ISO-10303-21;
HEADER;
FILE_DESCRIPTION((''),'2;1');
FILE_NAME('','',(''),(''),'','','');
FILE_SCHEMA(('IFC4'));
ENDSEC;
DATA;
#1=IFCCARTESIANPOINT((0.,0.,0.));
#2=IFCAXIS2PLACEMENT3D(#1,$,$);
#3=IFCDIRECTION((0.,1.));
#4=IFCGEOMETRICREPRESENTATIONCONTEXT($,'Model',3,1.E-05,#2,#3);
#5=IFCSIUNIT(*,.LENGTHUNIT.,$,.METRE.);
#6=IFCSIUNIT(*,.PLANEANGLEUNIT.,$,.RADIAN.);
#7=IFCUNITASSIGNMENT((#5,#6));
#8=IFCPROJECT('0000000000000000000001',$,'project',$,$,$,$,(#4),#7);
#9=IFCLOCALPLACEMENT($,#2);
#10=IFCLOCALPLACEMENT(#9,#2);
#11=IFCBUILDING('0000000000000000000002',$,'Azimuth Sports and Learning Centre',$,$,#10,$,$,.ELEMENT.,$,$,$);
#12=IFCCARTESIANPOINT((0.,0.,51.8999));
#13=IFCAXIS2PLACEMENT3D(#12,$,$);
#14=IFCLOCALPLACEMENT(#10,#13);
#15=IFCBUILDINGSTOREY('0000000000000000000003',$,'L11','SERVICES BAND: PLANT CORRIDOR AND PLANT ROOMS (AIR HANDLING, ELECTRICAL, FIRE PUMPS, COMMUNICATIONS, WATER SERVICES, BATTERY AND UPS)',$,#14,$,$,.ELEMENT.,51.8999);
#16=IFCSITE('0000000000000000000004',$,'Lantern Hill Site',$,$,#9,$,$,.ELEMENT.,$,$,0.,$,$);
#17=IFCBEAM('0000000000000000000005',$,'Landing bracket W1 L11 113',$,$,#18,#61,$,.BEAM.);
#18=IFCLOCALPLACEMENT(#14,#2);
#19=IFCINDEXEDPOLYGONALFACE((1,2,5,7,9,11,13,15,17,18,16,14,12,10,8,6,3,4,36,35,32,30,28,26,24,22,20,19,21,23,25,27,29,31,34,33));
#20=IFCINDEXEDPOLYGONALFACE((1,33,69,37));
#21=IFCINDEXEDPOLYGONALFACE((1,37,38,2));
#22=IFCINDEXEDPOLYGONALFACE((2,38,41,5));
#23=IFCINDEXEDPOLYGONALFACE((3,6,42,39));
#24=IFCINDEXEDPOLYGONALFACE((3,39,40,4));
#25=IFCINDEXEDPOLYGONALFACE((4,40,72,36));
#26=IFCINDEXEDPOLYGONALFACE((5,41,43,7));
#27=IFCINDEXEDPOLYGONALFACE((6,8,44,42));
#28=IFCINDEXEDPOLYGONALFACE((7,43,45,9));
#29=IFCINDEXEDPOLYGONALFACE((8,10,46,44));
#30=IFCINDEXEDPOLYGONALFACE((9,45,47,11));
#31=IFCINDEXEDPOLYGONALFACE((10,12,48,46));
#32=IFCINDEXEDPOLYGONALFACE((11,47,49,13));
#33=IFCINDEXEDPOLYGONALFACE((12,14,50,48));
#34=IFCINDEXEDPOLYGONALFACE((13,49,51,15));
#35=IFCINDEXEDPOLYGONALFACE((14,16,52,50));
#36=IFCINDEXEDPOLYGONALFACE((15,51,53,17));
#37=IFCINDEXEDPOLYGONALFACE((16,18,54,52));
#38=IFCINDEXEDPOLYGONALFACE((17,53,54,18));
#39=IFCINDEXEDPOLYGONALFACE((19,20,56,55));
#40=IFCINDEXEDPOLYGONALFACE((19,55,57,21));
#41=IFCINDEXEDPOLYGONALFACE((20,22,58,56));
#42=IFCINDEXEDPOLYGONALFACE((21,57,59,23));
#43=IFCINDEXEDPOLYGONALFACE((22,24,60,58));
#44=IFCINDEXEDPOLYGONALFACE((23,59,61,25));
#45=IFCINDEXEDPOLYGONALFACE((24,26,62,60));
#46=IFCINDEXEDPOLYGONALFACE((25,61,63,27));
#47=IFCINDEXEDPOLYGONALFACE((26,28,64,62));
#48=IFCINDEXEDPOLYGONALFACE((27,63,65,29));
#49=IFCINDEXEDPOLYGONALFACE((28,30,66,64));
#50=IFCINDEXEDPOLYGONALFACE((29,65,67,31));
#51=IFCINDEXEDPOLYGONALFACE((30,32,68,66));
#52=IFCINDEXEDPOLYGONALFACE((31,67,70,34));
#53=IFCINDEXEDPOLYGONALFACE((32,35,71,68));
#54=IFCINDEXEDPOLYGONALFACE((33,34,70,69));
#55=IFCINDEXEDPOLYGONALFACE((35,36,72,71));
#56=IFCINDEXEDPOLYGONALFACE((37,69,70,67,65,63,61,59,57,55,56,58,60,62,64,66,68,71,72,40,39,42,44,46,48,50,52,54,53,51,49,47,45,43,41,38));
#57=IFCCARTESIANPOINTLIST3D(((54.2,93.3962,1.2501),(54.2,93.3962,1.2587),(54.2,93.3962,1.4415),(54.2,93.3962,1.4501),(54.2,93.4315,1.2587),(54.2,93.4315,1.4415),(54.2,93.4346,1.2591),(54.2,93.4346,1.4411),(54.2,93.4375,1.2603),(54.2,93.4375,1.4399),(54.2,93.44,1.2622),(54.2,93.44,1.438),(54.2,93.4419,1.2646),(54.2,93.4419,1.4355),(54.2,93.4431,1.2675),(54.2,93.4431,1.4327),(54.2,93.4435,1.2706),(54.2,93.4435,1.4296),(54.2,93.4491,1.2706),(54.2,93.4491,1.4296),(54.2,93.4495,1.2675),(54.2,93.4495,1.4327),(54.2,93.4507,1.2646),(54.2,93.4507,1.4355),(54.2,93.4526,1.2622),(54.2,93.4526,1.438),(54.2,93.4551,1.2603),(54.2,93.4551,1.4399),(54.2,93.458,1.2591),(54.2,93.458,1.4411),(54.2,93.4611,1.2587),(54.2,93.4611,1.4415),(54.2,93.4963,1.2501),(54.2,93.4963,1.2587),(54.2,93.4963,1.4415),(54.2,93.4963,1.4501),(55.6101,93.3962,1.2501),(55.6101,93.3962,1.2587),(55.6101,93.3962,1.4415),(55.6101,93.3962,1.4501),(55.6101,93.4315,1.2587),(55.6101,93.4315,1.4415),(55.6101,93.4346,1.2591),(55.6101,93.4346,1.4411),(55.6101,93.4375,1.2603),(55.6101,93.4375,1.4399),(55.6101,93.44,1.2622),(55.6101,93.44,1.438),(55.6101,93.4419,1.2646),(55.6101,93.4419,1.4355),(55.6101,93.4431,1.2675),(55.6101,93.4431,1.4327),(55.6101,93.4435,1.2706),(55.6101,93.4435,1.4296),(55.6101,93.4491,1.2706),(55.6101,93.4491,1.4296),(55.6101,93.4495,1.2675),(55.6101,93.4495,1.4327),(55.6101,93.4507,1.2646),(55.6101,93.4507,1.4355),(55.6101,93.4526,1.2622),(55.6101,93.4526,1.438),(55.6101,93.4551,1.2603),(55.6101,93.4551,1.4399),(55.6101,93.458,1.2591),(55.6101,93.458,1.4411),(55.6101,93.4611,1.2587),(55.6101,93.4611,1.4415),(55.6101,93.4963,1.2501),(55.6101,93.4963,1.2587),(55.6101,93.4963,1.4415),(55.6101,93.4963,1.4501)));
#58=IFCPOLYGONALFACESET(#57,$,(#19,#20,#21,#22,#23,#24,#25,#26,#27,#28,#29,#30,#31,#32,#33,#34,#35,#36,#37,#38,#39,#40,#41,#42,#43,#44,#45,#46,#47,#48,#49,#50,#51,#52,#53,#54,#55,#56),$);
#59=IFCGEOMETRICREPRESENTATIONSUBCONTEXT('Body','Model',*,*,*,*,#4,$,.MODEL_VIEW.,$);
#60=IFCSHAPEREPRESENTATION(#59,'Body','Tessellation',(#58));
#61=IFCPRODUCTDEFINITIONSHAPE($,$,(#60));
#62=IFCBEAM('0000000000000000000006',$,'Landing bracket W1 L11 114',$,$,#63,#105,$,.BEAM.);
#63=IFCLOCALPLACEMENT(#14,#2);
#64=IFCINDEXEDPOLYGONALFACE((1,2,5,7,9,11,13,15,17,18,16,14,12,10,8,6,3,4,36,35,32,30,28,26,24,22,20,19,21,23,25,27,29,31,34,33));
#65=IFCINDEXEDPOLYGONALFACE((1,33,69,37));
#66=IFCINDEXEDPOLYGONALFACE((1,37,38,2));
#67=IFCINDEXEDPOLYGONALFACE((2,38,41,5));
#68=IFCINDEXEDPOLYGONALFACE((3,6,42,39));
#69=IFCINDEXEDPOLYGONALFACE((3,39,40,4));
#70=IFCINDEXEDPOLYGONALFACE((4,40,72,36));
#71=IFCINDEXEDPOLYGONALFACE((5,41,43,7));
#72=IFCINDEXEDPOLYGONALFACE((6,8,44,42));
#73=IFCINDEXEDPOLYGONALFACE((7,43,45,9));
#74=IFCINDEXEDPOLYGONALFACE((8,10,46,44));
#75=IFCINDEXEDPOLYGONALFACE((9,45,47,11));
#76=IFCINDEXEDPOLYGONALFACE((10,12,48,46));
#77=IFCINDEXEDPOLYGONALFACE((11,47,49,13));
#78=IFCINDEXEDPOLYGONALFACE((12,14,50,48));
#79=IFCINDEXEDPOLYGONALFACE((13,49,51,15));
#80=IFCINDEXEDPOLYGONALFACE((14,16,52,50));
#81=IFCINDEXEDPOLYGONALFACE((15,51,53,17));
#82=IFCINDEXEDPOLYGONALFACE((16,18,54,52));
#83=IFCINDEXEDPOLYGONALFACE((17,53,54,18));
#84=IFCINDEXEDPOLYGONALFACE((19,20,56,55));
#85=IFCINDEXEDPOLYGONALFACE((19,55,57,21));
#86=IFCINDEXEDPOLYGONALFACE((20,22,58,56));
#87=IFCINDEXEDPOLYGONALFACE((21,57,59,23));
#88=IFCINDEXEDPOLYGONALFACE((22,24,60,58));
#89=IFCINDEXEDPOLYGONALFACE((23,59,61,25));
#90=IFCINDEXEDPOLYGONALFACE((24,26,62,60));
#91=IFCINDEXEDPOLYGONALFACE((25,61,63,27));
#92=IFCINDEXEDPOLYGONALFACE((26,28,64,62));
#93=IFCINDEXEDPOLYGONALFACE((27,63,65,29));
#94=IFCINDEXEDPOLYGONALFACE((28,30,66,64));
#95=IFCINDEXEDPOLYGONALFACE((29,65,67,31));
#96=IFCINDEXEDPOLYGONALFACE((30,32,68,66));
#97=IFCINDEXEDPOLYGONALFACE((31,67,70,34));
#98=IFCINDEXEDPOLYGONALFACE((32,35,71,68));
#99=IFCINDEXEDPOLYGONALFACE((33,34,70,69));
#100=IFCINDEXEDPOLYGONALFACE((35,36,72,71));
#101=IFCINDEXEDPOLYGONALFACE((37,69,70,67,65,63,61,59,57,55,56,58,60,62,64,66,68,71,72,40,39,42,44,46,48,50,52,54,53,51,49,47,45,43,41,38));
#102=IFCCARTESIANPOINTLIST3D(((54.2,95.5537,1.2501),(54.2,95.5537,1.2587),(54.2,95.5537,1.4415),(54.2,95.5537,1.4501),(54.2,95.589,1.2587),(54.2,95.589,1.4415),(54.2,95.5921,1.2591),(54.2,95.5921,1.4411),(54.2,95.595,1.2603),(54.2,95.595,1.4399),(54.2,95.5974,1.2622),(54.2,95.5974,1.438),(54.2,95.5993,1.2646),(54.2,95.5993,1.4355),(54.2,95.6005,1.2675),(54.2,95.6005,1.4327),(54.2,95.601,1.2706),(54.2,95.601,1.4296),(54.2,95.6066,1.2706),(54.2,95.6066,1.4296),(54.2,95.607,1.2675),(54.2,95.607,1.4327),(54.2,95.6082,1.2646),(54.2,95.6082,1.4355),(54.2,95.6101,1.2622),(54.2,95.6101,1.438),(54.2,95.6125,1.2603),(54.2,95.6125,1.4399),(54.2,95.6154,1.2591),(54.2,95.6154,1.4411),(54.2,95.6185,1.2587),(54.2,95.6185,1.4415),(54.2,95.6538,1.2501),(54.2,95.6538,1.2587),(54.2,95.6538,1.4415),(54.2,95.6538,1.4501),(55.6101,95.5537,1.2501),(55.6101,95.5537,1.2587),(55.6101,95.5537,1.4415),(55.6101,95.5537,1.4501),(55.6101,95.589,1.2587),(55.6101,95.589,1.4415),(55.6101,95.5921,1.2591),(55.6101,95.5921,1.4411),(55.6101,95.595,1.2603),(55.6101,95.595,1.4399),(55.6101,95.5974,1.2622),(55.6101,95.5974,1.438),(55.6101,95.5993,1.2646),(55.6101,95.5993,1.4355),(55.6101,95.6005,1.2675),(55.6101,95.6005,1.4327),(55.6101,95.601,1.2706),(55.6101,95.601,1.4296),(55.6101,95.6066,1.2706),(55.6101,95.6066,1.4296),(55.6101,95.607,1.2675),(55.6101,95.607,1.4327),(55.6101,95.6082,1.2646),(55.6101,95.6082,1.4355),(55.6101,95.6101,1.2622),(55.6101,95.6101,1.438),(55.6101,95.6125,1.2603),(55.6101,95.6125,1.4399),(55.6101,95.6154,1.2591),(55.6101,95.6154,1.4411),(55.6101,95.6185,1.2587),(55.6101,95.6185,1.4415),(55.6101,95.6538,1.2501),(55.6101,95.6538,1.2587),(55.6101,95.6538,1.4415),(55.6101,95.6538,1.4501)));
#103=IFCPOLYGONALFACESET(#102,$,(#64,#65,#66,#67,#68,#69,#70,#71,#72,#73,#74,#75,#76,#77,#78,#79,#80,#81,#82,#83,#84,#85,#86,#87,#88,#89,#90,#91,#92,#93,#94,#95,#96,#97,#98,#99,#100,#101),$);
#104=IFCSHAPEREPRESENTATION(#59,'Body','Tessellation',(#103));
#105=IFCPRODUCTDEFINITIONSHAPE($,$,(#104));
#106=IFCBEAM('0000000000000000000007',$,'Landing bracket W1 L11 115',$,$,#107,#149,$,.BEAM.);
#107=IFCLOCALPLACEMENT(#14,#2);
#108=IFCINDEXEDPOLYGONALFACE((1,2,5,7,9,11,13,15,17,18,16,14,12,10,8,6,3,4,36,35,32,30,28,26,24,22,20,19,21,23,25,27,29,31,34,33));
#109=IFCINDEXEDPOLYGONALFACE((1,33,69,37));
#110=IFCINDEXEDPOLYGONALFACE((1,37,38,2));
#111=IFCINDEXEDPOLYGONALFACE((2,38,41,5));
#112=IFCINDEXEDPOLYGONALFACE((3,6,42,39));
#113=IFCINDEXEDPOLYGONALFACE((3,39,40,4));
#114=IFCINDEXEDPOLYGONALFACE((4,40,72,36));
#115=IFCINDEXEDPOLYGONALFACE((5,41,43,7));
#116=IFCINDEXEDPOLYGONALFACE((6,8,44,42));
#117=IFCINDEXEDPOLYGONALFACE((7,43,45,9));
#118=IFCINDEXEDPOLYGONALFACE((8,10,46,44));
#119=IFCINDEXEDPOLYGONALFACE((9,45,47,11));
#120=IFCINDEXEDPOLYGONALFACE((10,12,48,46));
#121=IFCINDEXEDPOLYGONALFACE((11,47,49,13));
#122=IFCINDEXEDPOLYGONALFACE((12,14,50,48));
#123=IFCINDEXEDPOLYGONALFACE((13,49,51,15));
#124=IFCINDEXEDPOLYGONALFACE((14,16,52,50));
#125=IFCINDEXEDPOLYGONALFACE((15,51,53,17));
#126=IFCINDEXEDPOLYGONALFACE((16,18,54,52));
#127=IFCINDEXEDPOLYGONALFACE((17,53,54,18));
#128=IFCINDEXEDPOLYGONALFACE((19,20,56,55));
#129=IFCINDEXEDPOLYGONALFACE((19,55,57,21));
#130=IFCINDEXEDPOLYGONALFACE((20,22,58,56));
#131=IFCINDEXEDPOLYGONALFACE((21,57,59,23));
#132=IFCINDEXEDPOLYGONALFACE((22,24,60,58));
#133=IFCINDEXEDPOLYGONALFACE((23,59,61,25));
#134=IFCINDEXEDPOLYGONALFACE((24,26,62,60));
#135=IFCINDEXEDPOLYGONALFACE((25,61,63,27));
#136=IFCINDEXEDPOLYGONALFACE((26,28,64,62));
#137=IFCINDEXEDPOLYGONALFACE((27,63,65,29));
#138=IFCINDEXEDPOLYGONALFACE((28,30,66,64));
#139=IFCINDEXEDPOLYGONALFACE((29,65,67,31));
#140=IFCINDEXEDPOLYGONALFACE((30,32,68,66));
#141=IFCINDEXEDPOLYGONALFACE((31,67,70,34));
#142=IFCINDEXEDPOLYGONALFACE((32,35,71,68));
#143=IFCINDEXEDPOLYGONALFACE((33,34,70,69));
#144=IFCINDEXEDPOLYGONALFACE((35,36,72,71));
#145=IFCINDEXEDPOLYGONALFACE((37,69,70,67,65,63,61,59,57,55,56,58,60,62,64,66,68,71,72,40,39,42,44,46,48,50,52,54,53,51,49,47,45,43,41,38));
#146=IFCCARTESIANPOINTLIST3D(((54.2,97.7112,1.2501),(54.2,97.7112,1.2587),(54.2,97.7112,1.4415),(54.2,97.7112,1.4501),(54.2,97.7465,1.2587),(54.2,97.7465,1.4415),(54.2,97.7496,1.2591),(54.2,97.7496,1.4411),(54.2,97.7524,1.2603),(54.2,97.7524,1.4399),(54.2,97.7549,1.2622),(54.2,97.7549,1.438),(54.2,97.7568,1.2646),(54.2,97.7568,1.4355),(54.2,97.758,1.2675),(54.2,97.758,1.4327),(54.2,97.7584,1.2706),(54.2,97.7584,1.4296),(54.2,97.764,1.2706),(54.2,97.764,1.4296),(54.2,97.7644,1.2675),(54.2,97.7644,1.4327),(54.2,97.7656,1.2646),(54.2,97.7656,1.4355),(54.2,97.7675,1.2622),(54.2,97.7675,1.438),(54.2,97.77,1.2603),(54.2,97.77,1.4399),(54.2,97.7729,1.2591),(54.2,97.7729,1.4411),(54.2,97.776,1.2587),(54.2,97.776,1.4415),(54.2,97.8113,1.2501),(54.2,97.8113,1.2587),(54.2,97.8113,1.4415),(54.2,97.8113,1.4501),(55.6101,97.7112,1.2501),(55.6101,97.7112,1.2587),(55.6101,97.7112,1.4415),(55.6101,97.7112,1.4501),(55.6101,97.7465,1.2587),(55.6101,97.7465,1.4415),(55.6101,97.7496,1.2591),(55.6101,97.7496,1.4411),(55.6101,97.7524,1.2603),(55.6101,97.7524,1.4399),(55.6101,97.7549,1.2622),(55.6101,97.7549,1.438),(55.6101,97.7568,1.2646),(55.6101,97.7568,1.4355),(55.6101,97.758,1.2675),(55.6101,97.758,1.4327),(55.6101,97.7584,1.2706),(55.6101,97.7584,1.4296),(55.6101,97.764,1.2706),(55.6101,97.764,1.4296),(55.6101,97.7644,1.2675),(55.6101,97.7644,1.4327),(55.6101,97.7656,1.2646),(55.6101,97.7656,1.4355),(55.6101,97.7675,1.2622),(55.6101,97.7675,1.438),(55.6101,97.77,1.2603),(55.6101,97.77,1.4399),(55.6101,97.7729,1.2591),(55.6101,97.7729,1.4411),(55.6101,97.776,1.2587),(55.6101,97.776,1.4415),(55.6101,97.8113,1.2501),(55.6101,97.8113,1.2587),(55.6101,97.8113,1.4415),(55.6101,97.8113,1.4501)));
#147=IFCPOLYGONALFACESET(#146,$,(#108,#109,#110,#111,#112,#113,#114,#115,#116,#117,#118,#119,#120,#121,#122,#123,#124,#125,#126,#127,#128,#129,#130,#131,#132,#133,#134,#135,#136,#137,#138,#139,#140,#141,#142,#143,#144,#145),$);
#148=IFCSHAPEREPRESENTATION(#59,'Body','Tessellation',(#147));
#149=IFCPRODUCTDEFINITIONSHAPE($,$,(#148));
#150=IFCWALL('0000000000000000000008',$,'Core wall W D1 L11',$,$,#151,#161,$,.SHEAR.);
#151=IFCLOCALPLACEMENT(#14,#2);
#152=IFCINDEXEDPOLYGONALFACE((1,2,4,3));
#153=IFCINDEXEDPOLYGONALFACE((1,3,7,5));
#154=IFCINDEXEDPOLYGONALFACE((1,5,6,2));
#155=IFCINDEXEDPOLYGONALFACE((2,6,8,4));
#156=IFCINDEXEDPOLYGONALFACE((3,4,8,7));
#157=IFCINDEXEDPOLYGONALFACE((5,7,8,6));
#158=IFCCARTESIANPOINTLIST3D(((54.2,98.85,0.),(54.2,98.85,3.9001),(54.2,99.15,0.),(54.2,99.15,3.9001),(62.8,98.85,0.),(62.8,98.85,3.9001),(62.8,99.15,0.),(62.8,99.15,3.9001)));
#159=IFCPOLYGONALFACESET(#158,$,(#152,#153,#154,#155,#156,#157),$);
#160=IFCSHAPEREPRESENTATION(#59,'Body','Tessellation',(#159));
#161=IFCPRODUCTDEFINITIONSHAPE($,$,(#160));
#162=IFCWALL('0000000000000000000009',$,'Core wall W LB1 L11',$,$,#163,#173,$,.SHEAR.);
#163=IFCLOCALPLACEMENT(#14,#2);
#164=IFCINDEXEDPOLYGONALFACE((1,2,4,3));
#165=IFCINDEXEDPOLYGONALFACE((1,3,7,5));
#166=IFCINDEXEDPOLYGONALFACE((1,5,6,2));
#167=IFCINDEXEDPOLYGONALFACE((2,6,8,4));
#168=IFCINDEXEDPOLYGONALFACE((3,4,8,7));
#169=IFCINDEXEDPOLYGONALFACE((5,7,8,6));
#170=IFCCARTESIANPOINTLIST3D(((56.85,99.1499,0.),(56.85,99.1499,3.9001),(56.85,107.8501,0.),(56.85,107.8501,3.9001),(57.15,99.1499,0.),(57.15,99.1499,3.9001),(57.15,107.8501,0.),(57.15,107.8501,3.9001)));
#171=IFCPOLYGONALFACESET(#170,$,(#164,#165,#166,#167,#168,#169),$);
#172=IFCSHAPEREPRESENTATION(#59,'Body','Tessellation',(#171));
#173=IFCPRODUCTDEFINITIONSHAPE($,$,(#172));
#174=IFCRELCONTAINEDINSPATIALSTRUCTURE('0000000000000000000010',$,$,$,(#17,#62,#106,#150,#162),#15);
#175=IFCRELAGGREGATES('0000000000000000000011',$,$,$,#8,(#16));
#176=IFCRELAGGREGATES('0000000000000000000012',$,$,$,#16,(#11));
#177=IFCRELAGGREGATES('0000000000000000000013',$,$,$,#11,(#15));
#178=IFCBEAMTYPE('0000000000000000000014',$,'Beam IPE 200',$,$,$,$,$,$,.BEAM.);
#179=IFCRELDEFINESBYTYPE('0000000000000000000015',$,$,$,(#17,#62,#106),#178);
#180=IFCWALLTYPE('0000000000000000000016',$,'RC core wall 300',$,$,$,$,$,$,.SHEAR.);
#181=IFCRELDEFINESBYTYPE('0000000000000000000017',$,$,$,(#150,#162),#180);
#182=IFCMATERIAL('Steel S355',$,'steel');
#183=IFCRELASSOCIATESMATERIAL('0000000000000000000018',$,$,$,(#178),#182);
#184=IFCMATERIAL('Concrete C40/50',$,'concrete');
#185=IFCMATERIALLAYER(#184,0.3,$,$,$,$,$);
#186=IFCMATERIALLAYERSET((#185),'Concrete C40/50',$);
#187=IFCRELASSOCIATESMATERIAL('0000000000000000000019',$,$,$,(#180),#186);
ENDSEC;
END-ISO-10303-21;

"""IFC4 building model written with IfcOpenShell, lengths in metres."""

from ifc_helpers import new_model, si_unit, direction, frame, frame_2d, origin, origin_2d, place, context, subcontext, project, spatial, rectangle, i_section, extrude, material, layer, layer_set, material_profile, profile_set, type_object, element, save


model = new_model("IFC4")

# Units and contexts
model_context = context("Model", 3, precision=1e-05, world=origin(), true_north=direction((0.0, 1.0)))
body_context = subcontext(model_context, "Body", "Model", "MODEL_VIEW")
ifc_project = project(units=[si_unit("LENGTHUNIT", "METRE"), si_unit("PLANEANGLEUNIT", "RADIAN")], contexts=[model_context])

# Site, building, storey
site_placement = place(None, origin())
site = spatial("IfcSite", under=ifc_project, at=site_placement, Name="Lantern Hill Site", CompositionType="ELEMENT", RefElevation=0.0)
building_placement = place(site_placement, origin())
building = spatial("IfcBuilding", under=site, at=building_placement, Name="Azimuth Sports and Learning Centre", CompositionType="ELEMENT")
storey_placement = place(building_placement, frame((0.0, 0.0, 51.8999)))
storey = spatial("IfcBuildingStorey", under=building, at=storey_placement, Name="L11", Description="SERVICES BAND: PLANT CORRIDOR AND PLANT ROOMS (AIR HANDLING, ELECTRICAL, FIRE PUMPS, COMMUNICATIONS, WATER SERVICES, BATTERY AND UPS)", CompositionType="ELEMENT", Elevation=51.8999)

# Beams
ifc_material_1 = material(Name="Steel S355", Category="steel")
ifc_material_profile = material_profile(ifc_material_1, i_section(OverallWidth=0.1001, OverallDepth=0.2, WebThickness=0.0056, FlangeThickness=0.0085, FilletRadius=0.012, at=origin_2d()), Name="IPE 200")
ifc_profile_set = profile_set([ifc_material_profile], Name="Steel S355")
beam_type = type_object("IfcBeamType", Name="Beam IPE 200", PredefinedType="BEAM", material=ifc_profile_set)
for number, where, z_axis, x_axis, name in (
    (1, (54.2, 93.4463, 1.3501), (1.0, 0.0, 0.0), (0.0, 1.0, 0.0), "Landing bracket W1 L11 113"),
    (2, (54.2, 95.6038, 1.3501), (1.0, 0.0, 0.0), (0.0, 1.0, 0.0), "Landing bracket W1 L11 114"),
    (3, (54.2, 97.7612, 1.3501), (1.0, 0.0, 0.0), (0.0, 1.0, 0.0), "Landing bracket W1 L11 115"),
):
    element("IfcBeam", number, at=place(storey_placement, frame(where, z_axis=z_axis, x_axis=x_axis)), inside=storey, type_object=beam_type, Name=name, PredefinedType="BEAM", context=body_context, shape_type="SweptSolid", body=[
        extrude(i_section(OverallWidth=0.1001, OverallDepth=0.2, WebThickness=0.0056, FlangeThickness=0.0085, FilletRadius=0.012, at=origin_2d()), origin(), (0.0, 0.0, 1.0), 1.4102),
    ])

# Walls
ifc_material_2 = material(Name="Concrete C40/50", Category="concrete")
ifc_layer_1 = layer(ifc_material_2, 0.3)
ifc_layer_set_1 = layer_set([ifc_layer_1], Name="Concrete C40/50")
wall_type = type_object("IfcWallType", Name="RC core wall 300", PredefinedType="SHEAR", material=ifc_layer_set_1)
wall_1_placement = place(storey_placement, frame((54.2, 99.0, 0.0), z_axis=(0.0, 0.0, 1.0), x_axis=(1.0, 0.0, 0.0)))
element("IfcWall", 4, at=wall_1_placement, inside=storey, type_object=wall_type, Name="Core wall W D1 L11", PredefinedType="SHEAR", context=body_context, shape_type="SweptSolid", body=[
    extrude(rectangle(XDim=8.6001, YDim=0.3, at=frame_2d((4.3, 0.0))), origin(), (0.0, 0.0, 1.0), 3.9001),
])
wall_2_placement = place(storey_placement, frame((57.0, 99.1499, 0.0), z_axis=(0.0, 0.0, 1.0), x_axis=(0.0, 1.0, 0.0)))
element("IfcWall", 5, at=wall_2_placement, inside=storey, type_object=wall_type, Name="Core wall W LB1 L11", PredefinedType="SHEAR", context=body_context, shape_type="SweptSolid", body=[
    extrude(rectangle(XDim=8.7002, YDim=0.3, at=frame_2d((4.3501, 0.0))), origin(), (0.0, 0.0, 1.0), 3.9001),
])

save(model, "model.ifc")
